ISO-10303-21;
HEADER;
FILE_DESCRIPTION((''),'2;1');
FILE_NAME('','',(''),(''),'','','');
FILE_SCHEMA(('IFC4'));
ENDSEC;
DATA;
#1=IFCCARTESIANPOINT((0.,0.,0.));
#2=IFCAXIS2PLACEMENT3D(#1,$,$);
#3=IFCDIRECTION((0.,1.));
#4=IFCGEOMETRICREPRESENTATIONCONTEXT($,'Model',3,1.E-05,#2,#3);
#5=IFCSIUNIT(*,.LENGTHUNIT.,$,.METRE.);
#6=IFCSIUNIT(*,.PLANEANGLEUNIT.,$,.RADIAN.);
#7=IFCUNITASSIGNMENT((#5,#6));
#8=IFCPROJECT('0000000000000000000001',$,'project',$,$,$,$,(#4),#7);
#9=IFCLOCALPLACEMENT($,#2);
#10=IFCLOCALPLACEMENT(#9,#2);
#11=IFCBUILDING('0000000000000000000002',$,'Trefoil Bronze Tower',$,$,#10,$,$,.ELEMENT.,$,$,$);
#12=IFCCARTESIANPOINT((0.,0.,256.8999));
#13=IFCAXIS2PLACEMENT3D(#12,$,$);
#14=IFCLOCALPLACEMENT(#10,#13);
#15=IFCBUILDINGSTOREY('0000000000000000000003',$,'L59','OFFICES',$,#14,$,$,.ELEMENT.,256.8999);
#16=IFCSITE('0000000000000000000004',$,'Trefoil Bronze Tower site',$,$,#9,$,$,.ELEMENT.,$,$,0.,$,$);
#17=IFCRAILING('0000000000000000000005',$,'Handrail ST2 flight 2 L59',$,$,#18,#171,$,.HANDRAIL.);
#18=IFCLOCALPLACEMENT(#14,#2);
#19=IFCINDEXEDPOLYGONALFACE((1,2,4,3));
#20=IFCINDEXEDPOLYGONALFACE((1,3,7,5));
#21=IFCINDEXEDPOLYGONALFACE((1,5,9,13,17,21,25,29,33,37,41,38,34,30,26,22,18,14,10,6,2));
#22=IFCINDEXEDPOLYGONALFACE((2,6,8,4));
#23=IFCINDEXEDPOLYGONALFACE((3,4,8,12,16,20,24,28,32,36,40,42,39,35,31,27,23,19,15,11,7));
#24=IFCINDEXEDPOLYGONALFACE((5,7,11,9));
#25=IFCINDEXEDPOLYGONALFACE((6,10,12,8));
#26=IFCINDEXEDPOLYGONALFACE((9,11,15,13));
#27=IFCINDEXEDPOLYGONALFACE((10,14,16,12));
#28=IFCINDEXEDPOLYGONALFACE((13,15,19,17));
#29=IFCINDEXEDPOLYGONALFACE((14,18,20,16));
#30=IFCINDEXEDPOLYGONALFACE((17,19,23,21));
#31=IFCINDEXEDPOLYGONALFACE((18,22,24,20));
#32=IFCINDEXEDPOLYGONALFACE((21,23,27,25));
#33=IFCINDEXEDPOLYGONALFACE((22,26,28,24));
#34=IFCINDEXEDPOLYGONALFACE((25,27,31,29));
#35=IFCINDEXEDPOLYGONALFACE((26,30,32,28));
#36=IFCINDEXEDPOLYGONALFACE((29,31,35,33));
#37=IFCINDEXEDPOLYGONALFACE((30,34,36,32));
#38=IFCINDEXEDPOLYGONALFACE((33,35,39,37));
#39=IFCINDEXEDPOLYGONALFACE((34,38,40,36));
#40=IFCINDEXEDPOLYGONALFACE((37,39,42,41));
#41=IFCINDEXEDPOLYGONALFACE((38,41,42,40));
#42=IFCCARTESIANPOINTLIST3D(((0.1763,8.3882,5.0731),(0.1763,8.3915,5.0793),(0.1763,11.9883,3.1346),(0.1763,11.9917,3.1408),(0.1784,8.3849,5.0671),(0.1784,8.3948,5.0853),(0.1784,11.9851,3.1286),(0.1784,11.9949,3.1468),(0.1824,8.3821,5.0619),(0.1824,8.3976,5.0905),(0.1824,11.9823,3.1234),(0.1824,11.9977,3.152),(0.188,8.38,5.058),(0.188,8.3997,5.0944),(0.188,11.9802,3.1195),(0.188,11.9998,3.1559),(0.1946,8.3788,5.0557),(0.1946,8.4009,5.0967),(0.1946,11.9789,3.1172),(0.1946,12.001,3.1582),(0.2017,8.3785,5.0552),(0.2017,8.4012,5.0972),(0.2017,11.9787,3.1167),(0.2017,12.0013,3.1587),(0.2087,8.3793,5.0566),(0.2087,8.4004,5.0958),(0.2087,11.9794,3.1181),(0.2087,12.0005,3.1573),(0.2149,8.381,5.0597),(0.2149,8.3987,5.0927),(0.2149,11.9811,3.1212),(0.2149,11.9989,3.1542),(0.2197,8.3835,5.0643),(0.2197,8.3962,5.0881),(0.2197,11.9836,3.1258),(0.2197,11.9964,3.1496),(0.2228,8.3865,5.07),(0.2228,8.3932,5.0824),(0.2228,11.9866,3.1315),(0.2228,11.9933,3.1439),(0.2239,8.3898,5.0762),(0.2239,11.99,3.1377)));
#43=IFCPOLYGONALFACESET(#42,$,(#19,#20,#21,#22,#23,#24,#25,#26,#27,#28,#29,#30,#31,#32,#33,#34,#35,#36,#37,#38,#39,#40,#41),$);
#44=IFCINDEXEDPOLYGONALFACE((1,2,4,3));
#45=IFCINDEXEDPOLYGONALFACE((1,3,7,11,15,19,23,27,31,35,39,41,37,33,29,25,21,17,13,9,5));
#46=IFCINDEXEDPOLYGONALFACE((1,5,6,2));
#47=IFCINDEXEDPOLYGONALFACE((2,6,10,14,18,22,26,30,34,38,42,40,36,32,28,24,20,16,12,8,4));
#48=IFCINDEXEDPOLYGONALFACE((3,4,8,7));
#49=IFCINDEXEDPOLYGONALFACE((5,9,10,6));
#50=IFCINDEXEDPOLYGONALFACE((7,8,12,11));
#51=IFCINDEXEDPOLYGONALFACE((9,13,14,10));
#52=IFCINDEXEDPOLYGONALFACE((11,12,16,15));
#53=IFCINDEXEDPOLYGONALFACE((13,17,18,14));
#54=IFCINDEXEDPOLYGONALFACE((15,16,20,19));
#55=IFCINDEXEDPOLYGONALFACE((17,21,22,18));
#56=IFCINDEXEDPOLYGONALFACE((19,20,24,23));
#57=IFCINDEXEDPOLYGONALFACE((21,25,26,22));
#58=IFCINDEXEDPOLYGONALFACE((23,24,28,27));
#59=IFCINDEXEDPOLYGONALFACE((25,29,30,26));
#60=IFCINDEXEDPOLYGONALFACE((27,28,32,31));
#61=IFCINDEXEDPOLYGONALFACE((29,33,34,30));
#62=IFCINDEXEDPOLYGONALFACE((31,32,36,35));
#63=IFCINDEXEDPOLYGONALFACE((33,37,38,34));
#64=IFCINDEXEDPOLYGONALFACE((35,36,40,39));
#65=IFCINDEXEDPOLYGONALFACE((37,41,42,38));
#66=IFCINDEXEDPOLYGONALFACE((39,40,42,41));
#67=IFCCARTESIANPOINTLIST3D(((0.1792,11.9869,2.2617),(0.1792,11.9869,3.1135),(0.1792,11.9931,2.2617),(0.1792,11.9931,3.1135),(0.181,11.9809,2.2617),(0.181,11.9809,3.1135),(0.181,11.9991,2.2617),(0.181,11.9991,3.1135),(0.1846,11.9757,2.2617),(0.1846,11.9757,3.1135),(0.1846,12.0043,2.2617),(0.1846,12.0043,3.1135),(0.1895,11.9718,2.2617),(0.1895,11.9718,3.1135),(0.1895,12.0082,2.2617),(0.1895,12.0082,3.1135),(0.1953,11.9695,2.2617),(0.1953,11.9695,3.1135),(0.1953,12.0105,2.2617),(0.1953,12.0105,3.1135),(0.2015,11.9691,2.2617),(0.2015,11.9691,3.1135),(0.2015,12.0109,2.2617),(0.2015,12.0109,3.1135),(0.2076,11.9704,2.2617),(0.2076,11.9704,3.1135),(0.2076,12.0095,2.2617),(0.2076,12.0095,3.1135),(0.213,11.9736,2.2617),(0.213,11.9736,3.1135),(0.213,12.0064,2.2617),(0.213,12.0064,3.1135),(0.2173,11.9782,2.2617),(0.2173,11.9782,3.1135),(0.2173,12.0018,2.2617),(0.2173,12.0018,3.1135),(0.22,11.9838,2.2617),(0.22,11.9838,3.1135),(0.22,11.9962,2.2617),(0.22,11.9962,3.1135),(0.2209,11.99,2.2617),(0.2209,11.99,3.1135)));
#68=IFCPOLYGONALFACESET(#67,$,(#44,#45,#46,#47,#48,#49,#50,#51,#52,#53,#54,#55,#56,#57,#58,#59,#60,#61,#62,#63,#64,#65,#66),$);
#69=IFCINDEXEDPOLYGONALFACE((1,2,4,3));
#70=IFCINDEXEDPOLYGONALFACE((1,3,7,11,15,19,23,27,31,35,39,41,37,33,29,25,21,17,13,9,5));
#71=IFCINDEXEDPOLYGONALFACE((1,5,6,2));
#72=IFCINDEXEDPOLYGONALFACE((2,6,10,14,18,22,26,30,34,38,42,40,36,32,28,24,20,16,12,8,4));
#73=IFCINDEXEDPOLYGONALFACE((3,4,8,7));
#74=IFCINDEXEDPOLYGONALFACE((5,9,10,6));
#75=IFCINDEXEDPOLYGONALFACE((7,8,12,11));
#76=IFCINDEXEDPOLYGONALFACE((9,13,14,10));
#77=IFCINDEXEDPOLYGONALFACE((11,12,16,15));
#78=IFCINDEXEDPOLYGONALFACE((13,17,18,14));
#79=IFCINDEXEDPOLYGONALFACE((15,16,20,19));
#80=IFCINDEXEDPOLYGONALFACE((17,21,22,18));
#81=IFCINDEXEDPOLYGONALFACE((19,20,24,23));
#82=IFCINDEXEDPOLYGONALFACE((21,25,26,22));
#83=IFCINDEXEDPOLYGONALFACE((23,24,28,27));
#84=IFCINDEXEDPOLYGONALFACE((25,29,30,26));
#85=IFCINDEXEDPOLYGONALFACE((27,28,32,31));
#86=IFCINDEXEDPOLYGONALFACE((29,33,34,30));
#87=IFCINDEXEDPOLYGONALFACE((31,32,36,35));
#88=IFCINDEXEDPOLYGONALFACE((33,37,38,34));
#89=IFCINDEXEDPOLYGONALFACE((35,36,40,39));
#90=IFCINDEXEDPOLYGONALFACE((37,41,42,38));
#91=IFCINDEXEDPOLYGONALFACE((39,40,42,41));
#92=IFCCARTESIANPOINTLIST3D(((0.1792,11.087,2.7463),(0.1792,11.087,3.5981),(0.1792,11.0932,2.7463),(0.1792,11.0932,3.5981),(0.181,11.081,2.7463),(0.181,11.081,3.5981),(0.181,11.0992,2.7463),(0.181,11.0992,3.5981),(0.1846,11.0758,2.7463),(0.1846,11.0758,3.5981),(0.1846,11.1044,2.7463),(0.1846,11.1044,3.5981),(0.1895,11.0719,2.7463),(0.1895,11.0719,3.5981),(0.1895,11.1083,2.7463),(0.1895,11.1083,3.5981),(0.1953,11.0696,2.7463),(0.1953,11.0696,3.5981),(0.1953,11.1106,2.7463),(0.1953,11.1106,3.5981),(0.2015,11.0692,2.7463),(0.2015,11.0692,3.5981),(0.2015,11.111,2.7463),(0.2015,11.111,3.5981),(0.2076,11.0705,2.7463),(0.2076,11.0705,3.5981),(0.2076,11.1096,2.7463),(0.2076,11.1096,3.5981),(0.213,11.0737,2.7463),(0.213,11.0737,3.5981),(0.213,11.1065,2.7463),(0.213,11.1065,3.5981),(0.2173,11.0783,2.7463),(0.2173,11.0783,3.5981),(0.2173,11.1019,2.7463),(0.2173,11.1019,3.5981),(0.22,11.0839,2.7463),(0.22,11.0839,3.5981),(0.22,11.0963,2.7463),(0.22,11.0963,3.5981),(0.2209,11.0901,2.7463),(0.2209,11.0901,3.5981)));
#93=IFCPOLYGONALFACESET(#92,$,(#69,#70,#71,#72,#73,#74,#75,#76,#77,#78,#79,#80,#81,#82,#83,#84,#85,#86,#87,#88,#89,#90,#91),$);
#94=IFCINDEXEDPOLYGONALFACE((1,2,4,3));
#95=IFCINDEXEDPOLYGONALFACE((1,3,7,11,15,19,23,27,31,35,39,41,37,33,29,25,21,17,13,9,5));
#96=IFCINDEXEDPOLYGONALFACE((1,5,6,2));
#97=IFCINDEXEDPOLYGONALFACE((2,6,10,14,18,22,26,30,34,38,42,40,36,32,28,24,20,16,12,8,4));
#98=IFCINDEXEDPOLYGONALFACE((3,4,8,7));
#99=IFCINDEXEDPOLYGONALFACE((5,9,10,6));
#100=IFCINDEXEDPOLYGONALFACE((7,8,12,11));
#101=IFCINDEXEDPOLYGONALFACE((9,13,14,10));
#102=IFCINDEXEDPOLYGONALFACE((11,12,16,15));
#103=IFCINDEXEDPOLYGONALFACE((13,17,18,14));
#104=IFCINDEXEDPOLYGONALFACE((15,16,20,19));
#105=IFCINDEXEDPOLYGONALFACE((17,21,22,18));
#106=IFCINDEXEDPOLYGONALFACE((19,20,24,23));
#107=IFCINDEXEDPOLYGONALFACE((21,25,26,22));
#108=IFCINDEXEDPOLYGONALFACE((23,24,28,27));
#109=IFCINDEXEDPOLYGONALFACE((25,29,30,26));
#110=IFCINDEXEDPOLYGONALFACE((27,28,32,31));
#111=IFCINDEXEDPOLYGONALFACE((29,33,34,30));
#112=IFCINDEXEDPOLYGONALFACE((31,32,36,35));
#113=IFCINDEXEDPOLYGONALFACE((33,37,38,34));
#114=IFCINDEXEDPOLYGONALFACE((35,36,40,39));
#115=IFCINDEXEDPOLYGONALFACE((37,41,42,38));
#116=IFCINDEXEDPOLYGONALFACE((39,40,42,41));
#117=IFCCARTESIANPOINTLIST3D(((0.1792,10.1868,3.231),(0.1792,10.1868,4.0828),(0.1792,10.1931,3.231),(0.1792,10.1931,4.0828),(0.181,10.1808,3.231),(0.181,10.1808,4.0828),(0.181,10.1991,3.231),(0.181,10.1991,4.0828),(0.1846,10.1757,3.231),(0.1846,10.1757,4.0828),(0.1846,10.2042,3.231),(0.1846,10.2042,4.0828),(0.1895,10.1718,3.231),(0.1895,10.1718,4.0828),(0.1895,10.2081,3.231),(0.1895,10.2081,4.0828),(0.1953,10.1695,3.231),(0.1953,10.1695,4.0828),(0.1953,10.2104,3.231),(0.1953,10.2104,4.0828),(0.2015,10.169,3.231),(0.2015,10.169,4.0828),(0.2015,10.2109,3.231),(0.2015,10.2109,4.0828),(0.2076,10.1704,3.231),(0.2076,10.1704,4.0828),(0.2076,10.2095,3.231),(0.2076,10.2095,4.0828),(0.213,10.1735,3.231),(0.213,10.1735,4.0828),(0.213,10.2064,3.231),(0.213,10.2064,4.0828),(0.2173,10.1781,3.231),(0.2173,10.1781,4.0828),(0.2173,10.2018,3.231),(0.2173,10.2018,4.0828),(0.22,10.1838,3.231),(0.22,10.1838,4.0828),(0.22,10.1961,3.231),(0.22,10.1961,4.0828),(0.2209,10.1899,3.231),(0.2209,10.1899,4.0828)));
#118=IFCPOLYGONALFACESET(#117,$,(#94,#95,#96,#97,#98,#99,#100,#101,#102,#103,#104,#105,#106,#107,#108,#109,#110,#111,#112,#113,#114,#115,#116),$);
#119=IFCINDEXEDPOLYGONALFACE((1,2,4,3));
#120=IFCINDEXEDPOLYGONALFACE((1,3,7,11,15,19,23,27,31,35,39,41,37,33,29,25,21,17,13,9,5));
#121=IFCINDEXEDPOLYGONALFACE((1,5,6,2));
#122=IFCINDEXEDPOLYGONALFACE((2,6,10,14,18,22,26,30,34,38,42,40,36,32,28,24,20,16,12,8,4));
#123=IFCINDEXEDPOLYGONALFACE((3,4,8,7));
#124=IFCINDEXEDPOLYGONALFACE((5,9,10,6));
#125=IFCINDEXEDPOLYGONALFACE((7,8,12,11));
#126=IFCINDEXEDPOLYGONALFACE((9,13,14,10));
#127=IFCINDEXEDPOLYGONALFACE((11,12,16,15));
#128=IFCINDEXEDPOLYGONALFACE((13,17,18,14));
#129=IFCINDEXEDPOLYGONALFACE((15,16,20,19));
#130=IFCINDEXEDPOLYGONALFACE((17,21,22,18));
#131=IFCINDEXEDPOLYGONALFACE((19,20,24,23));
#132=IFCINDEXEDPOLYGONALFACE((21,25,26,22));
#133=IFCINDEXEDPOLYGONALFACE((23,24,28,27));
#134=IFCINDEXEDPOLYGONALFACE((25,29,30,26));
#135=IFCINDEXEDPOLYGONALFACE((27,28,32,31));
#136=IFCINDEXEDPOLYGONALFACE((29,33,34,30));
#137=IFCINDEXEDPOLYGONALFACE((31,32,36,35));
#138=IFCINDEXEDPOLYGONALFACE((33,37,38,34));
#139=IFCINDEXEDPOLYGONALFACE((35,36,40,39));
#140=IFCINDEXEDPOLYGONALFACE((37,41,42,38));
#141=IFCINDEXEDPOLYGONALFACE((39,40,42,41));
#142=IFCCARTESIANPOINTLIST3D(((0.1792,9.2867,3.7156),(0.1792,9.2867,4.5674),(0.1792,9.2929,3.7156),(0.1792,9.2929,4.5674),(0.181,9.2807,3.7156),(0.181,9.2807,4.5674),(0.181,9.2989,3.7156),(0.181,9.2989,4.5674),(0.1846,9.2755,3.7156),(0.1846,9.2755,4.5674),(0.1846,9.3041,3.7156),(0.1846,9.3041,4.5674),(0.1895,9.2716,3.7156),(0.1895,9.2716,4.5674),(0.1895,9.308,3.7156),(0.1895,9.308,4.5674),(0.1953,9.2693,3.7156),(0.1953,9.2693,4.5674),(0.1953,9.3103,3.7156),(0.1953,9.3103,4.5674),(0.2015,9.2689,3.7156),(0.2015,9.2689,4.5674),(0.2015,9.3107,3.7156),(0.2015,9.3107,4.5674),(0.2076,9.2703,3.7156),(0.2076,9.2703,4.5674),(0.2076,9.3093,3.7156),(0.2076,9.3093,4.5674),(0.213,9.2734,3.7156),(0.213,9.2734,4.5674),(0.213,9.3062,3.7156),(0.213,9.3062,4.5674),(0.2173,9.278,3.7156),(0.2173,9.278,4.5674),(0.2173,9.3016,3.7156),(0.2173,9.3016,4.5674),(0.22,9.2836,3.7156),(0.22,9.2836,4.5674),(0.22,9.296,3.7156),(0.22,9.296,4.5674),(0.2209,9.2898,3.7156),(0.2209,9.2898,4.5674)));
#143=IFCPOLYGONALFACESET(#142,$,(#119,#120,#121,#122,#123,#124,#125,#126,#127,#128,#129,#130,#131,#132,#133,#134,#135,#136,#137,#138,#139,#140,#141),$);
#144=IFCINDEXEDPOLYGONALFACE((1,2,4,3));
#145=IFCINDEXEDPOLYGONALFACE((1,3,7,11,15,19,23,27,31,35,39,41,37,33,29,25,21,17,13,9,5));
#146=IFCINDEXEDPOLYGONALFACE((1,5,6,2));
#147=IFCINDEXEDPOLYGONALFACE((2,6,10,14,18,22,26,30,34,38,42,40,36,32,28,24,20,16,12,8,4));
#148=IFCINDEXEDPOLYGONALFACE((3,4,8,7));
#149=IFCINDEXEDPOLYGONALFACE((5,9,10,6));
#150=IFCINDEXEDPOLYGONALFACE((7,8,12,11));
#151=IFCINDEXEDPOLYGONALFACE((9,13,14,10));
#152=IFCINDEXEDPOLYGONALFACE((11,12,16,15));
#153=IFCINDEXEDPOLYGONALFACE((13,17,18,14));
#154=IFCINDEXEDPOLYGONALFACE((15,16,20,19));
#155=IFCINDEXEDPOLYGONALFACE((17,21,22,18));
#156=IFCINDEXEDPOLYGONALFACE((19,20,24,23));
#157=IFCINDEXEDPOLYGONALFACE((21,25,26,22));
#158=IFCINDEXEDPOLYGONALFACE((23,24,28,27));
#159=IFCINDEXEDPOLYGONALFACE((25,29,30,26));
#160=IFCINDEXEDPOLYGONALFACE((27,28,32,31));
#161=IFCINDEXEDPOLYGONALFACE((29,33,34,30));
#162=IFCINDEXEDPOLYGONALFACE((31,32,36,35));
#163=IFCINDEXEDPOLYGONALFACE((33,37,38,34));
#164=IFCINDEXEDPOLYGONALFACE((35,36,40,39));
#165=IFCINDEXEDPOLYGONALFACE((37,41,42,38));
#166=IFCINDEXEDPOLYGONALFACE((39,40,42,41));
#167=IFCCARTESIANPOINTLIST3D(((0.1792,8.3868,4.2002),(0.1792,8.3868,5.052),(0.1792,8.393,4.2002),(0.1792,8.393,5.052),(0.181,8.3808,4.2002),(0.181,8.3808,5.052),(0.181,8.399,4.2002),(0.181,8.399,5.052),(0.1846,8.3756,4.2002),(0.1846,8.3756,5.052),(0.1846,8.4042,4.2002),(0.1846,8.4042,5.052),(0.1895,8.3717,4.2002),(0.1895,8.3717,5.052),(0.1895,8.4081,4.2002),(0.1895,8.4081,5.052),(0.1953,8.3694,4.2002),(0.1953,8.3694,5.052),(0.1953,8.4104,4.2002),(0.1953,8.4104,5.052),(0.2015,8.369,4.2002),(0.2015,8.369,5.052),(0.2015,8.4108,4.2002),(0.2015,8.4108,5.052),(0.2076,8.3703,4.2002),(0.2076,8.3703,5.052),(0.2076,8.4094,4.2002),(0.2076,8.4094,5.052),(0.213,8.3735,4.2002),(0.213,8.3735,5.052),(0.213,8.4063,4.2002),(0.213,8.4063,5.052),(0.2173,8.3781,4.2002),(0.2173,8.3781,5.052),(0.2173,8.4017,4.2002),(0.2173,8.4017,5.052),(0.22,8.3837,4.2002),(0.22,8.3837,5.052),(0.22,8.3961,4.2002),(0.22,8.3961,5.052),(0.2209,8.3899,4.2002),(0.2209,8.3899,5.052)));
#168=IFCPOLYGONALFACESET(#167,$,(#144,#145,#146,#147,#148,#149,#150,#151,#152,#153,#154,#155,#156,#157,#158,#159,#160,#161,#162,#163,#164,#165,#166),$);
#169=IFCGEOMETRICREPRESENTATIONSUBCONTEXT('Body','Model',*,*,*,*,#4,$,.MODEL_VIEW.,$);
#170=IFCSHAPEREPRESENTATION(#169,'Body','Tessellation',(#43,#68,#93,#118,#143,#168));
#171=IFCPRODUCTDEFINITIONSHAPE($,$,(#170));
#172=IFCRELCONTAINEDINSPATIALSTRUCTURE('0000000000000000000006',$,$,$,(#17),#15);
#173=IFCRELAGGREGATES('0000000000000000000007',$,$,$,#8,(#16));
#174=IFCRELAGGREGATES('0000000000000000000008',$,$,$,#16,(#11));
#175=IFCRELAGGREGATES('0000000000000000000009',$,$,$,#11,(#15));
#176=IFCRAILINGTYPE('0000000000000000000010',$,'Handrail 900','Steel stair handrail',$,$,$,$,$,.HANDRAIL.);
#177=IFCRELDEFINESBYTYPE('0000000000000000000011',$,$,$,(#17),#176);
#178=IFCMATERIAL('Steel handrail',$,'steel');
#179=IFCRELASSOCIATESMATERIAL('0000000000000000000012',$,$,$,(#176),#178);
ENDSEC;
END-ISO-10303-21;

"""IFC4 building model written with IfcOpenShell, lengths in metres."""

from ifc_helpers import new_model, si_unit, direction, frame, origin, origin_2d, place, context, subcontext, project, spatial, circle, extrude, material, type_object, element, save


model = new_model("IFC4")

# Units and contexts
model_context = context("Model", 3, precision=1e-05, world=origin(), true_north=direction((0.0, 1.0)))
body_context = subcontext(model_context, "Body", "Model", "MODEL_VIEW")
ifc_project = project(units=[si_unit("LENGTHUNIT", "METRE"), si_unit("PLANEANGLEUNIT", "RADIAN")], contexts=[model_context])

# Site, building, storey
site_placement = place(None, origin())
site = spatial("IfcSite", under=ifc_project, at=site_placement, Name="Trefoil Bronze Tower site", CompositionType="ELEMENT", RefElevation=0.0)
building_placement = place(site_placement, origin())
building = spatial("IfcBuilding", under=site, at=building_placement, Name="Trefoil Bronze Tower", CompositionType="ELEMENT")
storey_placement = place(building_placement, frame((0.0, 0.0, 256.8999)))
storey = spatial("IfcBuildingStorey", under=building, at=storey_placement, Name="L59", Description="OFFICES", CompositionType="ELEMENT", Elevation=256.8999)

# Railing
ifc_material_1 = material(Name="Steel handrail", Category="steel")
railing_type = type_object("IfcRailingType", Name="Handrail 900", Description="Steel stair handrail", PredefinedType="HANDRAIL", material=ifc_material_1)
railing_placement = place(storey_placement, frame((0.2, 11.99, 2.2617)))
element("IfcRailing", 1, at=railing_placement, inside=storey, type_object=railing_type, Name="Handrail ST2 flight 2 L59", PredefinedType="HANDRAIL", context=body_context, shape_type="SweptSolid", body=[
    extrude(circle(Radius=0.0239, at=origin_2d()), frame((0.0, 0.0, 0.876), z_axis=(0.0, -0.880475, 0.474093), x_axis=(1.0, 0.0, 0.0)), (0.0, 0.0, 1.0), 4.0889),
    extrude(circle(Radius=0.021, at=origin_2d()), origin(), (0.0, 0.0, 1.0), 0.8518),
    extrude(circle(Radius=0.021, at=origin_2d()), frame((0.0, -0.8999, 0.4846)), (0.0, 0.0, 1.0), 0.8518),
    extrude(circle(Radius=0.021, at=origin_2d()), frame((0.0, -1.8, 0.9692)), (0.0, 0.0, 1.0), 0.8518),
    extrude(circle(Radius=0.021, at=origin_2d()), frame((0.0, -2.7002, 1.4539)), (0.0, 0.0, 1.0), 0.8518),
    extrude(circle(Radius=0.021, at=origin_2d()), frame((0.0, -3.6001, 1.9385)), (0.0, 0.0, 1.0), 0.8518),
])

save(model, "model.ifc")
